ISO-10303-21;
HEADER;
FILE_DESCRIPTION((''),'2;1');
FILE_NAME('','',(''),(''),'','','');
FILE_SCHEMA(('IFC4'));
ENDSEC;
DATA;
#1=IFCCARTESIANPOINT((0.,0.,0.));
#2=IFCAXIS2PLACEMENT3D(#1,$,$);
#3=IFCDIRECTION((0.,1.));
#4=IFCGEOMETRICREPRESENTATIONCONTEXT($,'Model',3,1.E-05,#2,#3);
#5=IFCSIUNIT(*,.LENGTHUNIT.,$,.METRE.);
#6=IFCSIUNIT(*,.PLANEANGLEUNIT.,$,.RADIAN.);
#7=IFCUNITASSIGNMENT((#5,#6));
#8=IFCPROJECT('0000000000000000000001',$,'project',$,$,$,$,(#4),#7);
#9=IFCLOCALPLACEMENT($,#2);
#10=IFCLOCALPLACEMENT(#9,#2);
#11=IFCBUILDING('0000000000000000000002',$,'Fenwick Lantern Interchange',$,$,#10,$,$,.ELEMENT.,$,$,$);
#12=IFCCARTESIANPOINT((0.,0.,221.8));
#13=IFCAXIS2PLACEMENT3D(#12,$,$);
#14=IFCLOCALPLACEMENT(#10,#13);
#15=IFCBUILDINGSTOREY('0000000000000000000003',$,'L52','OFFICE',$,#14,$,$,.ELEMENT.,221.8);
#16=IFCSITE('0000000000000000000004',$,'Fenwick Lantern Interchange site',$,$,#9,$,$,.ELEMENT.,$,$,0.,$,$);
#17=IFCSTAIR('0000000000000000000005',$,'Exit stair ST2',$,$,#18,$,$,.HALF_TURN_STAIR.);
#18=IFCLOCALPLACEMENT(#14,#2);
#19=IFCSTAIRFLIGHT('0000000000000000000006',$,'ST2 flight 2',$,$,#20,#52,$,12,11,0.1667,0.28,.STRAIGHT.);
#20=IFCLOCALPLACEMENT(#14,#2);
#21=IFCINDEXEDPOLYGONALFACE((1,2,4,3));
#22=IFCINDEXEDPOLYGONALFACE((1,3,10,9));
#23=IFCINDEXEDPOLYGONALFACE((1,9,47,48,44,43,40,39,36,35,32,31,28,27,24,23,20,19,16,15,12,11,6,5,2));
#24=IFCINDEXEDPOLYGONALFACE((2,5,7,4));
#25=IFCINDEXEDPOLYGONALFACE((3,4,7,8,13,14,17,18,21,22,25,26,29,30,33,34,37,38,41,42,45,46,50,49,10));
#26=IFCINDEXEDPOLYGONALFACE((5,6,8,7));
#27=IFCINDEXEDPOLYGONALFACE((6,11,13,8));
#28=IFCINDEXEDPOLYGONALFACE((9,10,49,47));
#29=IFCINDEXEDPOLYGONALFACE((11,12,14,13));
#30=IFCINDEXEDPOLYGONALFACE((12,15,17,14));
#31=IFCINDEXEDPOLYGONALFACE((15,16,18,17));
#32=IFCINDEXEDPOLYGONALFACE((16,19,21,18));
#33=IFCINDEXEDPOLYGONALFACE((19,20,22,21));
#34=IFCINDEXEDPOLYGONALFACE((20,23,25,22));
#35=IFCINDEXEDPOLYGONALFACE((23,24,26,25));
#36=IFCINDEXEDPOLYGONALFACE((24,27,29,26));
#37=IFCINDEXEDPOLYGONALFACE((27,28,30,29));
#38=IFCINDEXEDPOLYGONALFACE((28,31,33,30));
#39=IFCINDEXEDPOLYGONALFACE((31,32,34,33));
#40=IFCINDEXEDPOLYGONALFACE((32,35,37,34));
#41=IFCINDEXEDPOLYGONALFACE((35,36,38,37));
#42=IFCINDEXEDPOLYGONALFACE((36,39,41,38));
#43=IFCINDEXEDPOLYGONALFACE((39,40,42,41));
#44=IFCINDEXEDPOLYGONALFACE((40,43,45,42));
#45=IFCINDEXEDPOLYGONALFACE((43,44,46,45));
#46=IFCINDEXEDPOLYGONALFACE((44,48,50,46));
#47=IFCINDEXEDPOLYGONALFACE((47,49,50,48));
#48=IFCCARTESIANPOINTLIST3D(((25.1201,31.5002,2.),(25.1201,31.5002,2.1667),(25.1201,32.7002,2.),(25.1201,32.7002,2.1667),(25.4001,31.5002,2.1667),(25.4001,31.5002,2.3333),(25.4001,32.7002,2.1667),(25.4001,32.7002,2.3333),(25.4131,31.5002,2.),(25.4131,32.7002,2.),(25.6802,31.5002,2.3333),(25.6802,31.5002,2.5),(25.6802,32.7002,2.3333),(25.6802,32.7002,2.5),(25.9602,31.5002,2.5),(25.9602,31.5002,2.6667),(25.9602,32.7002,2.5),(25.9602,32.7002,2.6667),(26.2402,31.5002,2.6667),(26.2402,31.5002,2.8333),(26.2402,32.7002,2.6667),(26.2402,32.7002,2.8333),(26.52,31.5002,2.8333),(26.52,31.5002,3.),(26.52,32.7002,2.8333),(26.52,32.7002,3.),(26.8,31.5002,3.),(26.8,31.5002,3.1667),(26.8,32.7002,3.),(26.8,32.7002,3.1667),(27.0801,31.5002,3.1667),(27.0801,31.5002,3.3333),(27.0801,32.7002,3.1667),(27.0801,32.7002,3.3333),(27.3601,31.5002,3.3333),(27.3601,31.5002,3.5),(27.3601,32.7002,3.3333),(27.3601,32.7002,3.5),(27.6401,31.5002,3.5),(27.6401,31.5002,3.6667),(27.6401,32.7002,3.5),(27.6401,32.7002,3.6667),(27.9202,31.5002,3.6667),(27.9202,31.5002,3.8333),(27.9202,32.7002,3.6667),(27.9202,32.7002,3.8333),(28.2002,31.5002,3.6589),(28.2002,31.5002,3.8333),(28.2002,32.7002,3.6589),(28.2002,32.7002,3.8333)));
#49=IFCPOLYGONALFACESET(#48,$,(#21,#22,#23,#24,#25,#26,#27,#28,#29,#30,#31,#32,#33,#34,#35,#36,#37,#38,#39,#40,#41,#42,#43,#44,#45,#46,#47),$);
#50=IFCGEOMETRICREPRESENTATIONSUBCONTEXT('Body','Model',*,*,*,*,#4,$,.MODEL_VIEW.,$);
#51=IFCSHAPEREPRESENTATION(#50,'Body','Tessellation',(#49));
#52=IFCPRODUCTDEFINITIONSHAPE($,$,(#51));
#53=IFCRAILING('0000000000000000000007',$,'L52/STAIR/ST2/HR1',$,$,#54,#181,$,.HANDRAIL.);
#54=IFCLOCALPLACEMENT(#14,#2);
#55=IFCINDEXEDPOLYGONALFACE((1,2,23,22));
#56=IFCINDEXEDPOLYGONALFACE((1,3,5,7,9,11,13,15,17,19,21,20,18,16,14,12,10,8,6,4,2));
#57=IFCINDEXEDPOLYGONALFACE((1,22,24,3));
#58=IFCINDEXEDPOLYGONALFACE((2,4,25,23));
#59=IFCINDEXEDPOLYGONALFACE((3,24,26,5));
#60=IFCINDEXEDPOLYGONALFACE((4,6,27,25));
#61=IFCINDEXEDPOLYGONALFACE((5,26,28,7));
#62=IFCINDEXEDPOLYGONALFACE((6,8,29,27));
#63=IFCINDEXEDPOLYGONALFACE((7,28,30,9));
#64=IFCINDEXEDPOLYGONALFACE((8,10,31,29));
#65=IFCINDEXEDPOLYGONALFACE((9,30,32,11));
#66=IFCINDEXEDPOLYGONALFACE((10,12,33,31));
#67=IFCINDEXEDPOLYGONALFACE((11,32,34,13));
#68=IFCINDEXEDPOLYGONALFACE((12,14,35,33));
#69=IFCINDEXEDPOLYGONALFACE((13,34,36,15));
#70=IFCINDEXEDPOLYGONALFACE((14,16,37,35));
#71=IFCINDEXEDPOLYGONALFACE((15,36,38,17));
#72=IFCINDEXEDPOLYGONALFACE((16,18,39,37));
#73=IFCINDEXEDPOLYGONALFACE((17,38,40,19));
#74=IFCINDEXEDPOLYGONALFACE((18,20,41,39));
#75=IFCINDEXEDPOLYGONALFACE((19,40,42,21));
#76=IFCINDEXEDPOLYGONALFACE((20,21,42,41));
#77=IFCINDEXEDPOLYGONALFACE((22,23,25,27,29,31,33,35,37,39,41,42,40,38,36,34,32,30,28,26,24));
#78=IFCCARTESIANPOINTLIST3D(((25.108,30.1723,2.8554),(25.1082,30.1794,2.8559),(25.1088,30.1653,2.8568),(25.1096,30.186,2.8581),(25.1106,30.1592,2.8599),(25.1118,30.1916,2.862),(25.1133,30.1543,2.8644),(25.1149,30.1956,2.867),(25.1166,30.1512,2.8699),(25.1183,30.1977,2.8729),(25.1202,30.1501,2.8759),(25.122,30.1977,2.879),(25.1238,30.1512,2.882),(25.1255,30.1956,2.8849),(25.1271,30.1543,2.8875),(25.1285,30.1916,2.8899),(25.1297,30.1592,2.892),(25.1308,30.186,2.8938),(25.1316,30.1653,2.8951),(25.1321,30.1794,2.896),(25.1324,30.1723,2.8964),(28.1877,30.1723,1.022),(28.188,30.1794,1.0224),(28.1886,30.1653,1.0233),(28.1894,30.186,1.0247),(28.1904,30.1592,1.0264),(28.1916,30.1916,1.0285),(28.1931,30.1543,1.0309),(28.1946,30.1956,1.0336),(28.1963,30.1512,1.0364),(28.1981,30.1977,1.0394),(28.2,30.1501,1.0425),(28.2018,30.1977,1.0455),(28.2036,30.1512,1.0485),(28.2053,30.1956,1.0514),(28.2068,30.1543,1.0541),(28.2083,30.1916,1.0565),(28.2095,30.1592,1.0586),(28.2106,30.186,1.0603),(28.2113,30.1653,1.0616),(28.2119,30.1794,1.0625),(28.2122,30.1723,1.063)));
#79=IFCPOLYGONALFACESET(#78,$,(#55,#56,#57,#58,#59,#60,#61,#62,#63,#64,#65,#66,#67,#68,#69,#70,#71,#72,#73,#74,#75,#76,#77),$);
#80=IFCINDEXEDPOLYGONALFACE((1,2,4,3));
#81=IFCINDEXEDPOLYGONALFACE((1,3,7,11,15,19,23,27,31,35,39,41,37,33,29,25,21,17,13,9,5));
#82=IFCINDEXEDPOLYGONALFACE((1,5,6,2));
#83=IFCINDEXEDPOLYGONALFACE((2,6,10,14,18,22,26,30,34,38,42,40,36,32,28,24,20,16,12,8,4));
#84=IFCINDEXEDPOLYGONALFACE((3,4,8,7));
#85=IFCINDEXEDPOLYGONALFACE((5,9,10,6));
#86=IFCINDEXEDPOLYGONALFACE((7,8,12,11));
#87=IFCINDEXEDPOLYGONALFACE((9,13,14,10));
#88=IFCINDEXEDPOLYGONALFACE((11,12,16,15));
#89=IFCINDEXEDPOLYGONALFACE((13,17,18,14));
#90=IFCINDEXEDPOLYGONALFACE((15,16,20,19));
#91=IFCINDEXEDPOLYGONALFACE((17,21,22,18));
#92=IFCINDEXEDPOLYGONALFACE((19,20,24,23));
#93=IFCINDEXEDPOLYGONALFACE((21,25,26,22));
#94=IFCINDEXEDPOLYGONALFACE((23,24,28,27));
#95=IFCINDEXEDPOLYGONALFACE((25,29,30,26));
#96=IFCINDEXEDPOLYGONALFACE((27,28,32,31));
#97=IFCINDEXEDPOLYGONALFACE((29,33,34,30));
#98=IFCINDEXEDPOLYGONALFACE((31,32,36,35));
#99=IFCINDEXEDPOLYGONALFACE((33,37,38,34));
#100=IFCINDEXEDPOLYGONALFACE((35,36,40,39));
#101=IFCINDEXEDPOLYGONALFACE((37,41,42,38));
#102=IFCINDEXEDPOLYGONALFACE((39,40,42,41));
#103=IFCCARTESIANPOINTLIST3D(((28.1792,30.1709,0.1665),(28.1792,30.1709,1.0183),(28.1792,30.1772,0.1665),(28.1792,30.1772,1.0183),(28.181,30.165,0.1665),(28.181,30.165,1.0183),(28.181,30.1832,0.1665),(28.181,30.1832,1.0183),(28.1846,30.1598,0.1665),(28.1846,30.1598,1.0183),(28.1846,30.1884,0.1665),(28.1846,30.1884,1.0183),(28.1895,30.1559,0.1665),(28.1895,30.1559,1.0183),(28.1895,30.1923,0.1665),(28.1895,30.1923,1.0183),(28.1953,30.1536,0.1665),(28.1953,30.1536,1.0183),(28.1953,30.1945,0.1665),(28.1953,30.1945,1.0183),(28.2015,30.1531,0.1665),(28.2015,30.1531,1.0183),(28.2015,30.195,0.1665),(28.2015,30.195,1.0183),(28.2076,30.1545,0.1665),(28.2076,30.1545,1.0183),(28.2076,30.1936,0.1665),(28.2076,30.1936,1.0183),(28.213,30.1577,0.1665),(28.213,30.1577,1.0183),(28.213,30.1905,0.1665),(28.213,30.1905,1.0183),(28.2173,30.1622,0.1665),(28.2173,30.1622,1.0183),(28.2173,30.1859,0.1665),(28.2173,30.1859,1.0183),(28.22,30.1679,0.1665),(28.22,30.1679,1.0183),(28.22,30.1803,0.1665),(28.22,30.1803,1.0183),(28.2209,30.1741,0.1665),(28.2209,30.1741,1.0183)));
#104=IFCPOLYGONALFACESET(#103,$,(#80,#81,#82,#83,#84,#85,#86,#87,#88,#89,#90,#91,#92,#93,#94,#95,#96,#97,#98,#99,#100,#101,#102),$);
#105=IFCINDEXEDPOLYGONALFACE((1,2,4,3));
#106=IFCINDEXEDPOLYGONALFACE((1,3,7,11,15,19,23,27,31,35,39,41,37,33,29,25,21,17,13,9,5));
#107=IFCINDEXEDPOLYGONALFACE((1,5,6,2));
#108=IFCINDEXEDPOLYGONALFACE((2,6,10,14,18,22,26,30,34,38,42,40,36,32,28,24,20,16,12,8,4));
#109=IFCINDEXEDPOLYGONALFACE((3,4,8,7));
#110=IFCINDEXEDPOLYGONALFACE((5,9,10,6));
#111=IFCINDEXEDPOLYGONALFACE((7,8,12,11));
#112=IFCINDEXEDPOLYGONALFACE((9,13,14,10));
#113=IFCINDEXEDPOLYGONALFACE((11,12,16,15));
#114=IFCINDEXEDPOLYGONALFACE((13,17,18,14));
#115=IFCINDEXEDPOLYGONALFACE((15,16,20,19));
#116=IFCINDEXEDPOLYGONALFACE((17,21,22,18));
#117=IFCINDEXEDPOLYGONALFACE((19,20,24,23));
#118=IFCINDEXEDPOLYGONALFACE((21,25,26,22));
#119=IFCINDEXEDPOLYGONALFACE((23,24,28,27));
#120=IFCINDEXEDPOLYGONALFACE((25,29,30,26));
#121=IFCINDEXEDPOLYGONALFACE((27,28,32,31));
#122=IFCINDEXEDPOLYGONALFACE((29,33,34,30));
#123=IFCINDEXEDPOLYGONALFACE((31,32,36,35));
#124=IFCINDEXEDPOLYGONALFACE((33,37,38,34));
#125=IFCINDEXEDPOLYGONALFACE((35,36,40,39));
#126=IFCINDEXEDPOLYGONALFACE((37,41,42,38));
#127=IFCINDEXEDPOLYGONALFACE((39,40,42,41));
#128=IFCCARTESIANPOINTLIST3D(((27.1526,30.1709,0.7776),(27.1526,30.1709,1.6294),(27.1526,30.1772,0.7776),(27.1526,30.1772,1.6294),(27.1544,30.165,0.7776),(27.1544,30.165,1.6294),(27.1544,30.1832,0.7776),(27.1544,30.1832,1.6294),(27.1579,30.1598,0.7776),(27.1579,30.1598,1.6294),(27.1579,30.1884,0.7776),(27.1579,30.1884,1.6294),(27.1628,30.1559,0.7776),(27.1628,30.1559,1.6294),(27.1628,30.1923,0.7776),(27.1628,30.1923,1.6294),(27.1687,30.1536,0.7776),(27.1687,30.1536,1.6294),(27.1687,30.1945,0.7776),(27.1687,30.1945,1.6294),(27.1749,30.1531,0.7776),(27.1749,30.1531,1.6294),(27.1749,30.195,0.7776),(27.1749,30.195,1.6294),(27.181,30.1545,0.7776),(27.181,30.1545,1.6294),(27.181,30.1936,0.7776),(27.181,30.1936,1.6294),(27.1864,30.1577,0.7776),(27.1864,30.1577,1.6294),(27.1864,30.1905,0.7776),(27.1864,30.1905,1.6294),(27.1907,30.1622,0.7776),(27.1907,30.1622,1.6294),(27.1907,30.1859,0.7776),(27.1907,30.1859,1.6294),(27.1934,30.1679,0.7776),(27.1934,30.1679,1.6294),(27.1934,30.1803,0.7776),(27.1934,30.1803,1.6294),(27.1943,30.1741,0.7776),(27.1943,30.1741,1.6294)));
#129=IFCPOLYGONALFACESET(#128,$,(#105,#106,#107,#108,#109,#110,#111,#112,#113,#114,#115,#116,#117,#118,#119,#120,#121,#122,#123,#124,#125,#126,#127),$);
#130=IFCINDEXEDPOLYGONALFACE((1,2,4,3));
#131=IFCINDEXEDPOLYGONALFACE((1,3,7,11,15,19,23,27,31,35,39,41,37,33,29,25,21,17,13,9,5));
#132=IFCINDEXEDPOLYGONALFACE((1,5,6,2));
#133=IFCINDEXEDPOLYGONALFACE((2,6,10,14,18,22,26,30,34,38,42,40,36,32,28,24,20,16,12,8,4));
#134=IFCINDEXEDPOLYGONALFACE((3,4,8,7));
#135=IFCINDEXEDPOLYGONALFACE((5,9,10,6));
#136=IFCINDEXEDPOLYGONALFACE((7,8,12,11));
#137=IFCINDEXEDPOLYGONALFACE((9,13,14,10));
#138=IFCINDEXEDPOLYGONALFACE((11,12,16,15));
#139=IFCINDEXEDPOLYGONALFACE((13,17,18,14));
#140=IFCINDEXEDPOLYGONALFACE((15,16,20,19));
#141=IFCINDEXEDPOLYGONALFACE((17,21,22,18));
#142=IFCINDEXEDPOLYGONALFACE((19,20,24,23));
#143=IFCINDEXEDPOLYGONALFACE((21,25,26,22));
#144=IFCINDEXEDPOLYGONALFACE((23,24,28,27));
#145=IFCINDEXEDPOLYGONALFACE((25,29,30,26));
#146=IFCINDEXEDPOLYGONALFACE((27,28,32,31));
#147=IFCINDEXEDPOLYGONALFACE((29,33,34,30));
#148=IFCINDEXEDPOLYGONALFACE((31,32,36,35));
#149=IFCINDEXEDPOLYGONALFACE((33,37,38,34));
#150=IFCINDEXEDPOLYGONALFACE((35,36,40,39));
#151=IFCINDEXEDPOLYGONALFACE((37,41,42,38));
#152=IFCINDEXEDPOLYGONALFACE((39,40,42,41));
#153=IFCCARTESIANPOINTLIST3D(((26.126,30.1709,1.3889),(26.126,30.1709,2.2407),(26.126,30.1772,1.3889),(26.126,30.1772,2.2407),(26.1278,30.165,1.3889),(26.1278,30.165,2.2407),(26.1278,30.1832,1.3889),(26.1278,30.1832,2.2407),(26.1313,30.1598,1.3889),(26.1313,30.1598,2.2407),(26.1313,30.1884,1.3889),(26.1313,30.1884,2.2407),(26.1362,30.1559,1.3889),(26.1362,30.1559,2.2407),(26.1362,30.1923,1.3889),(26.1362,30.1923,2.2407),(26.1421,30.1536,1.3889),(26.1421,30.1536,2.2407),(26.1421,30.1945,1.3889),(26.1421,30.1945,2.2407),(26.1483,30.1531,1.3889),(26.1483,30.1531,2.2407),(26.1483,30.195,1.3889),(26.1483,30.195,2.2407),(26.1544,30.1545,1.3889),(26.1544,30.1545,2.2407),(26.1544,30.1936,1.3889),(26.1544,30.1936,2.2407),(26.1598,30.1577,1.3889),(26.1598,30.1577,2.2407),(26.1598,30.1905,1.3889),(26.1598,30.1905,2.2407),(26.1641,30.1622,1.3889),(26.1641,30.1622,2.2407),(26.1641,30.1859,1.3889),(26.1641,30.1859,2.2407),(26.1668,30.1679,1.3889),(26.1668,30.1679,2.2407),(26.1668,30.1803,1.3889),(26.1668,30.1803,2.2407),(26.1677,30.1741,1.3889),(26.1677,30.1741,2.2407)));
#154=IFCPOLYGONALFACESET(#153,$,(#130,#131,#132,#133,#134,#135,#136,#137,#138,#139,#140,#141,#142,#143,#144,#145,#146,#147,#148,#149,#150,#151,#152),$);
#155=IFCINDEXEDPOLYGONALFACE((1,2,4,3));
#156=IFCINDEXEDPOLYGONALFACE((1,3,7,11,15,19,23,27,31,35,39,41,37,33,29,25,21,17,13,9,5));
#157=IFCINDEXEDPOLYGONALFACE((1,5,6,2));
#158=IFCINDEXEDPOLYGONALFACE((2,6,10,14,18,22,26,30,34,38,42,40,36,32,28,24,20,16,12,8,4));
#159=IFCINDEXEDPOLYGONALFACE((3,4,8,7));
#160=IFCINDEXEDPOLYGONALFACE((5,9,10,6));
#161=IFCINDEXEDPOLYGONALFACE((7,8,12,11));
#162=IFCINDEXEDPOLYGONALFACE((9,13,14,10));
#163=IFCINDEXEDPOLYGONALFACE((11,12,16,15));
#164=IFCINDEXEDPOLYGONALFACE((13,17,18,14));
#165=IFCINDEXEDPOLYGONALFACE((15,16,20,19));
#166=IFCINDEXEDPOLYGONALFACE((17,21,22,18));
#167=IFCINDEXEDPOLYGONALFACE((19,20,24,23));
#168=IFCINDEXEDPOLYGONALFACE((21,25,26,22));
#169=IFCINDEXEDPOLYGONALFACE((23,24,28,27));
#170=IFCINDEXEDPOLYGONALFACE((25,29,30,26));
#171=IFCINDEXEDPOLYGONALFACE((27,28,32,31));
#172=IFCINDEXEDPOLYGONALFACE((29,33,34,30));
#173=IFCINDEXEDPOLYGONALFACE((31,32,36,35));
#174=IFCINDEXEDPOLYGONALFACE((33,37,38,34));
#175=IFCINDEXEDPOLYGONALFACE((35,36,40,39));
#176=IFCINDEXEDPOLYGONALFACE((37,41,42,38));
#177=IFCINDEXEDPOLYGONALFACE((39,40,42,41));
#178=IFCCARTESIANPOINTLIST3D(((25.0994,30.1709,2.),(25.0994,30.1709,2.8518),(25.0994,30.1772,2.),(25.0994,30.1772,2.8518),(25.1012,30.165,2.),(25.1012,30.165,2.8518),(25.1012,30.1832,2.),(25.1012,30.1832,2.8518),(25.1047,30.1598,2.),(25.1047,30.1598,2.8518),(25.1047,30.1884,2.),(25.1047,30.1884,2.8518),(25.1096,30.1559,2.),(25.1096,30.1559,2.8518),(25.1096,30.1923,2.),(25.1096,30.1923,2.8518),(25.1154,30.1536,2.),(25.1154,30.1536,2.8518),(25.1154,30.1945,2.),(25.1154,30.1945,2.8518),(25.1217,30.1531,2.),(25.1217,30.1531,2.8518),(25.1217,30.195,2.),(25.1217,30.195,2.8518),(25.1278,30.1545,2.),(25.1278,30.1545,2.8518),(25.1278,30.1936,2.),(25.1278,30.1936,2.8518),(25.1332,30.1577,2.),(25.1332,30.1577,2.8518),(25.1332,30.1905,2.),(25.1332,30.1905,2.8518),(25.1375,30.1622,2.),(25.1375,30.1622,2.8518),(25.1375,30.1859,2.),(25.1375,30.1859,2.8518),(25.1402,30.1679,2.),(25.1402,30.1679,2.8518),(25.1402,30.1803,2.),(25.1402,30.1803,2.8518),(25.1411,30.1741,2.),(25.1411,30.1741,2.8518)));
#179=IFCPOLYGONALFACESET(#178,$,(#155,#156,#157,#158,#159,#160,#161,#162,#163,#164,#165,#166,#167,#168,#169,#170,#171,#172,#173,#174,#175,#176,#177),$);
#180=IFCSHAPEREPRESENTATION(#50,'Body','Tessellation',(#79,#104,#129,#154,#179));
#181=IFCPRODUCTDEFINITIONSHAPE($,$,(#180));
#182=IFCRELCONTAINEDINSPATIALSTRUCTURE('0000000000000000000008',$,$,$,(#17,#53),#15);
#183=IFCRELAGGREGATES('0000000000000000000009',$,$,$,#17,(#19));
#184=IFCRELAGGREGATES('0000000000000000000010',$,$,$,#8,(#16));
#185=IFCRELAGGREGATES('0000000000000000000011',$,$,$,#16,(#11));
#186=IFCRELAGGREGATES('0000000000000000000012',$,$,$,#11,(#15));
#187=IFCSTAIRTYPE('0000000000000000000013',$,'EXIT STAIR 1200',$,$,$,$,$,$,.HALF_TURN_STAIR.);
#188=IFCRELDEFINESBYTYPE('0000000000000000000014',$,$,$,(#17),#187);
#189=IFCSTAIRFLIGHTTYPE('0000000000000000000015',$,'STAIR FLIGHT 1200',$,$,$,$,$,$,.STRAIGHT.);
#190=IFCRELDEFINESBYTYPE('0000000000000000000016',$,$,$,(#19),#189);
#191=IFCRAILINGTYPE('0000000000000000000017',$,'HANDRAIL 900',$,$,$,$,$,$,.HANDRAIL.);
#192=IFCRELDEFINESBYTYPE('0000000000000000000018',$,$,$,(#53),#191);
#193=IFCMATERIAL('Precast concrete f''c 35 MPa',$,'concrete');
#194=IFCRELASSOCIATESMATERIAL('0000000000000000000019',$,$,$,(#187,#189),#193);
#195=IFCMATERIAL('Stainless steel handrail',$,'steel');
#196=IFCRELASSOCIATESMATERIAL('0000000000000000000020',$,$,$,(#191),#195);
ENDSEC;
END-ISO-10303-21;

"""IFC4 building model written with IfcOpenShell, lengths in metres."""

from ifc_helpers import new_model, si_unit, direction, frame, origin, origin_2d, place, context, subcontext, project, spatial, polyline, circle, outline, extrude, material, type_object, element, aggregate, save


model = new_model("IFC4")

# Units and contexts
model_context = context("Model", 3, precision=1e-05, world=origin(), true_north=direction((0.0, 1.0)))
body_context = subcontext(model_context, "Body", "Model", "MODEL_VIEW")
ifc_project = project(units=[si_unit("LENGTHUNIT", "METRE"), si_unit("PLANEANGLEUNIT", "RADIAN")], contexts=[model_context])

# Site, building, storey
site_placement = place(None, origin())
site = spatial("IfcSite", under=ifc_project, at=site_placement, Name="Fenwick Lantern Interchange site", CompositionType="ELEMENT", RefElevation=0.0)
building_placement = place(site_placement, origin())
building = spatial("IfcBuilding", under=site, at=building_placement, Name="Fenwick Lantern Interchange", CompositionType="ELEMENT")
storey_placement = place(building_placement, frame((0.0, 0.0, 221.8)))
storey = spatial("IfcBuildingStorey", under=building, at=storey_placement, Name="L52", Description="OFFICE", CompositionType="ELEMENT", Elevation=221.8)

# Stair, stair flight
ifc_material_1 = material(Name="Precast concrete f'c 35 MPa", Category="concrete")
stair_type = type_object("IfcStairType", Name="EXIT STAIR 1200", PredefinedType="HALF_TURN_STAIR", material=ifc_material_1)
stair_placement = place(storey_placement, origin())
stair = element("IfcStair", 1, at=stair_placement, inside=storey, type_object=stair_type, Name="Exit stair ST2", PredefinedType="HALF_TURN_STAIR")
stair_flight_type = type_object("IfcStairFlightType", Name="STAIR FLIGHT 1200", PredefinedType="STRAIGHT", material=ifc_material_1)
stair_flight_1_placement = place(storey_placement, frame((25.1201, 32.1001, 2.0), z_axis=(0.0, 0.0, 1.0), x_axis=(1.0, 0.0, 0.0)))
stair_flight_1 = element("IfcStairFlight", 2, at=stair_flight_1_placement, type_object=stair_flight_type, Name="ST2 flight 2", NumberOfRisers=12, NumberOfTreads=11, PredefinedType="STRAIGHT", RiserHeight=0.1667, TreadLength=0.28, context=body_context, shape_type="SweptSolid", body=[
    extrude(outline(polyline([(0.0, 0.0), (0.0, 0.1667), (0.28, 0.1667), (0.28, 0.3333), (0.5601, 0.3333), (0.5601, 0.5), (0.8401, 0.5), (0.8401, 0.6667), (1.1201, 0.6667), (1.1201, 0.8333), (1.3999, 0.8333), (1.3999, 1.0), (1.6799, 1.0), (1.6799, 1.1667), (1.96, 1.1667), (1.96, 1.3333), (2.24, 1.3333), (2.24, 1.5), (2.52, 1.5), (2.52, 1.6667), (2.8, 1.6667), (2.8, 1.8333), (3.0801, 1.8333), (3.0801, 2.0), (3.0801, 1.6589), (0.293, 0.0), (0.0, 0.0)])), frame((0.0, 0.6001, 0.0), z_axis=(0.0, -1.0, 0.0), x_axis=(1.0, 0.0, 0.0)), (0.0, 0.0, 1.0), 1.2),
])
aggregate(stair, [stair_flight_1])

# Railing
ifc_material_2 = material(Name="Stainless steel handrail", Category="steel")
railing_type = type_object("IfcRailingType", Name="HANDRAIL 900", PredefinedType="HANDRAIL", material=ifc_material_2)
railing_1_placement = place(storey_placement, frame((28.2, 30.1741, 0.1665)))
element("IfcRailing", 3, at=railing_1_placement, inside=storey, type_object=railing_type, Name="L52/STAIR/ST2/HR1", PredefinedType="HANDRAIL", context=body_context, shape_type="SweptSolid", body=[
    extrude(circle(Radius=0.0239, at=origin_2d()), frame((0.0, 0.0, 0.876), z_axis=(-0.859261, 0.0, 0.511538), x_axis=(0.0, -1.0, 0.0)), (0.0, 0.0, 1.0), 3.5842),
    extrude(circle(Radius=0.021, at=origin_2d()), origin(), (0.0, 0.0, 1.0), 0.8518),
    extrude(circle(Radius=0.021, at=origin_2d()), frame((-1.0266, 0.0, 0.6111)), (0.0, 0.0, 1.0), 0.8518),
    extrude(circle(Radius=0.021, at=origin_2d()), frame((-2.0532, 0.0, 1.2224)), (0.0, 0.0, 1.0), 0.8518),
    extrude(circle(Radius=0.021, at=origin_2d()), frame((-3.0798, 0.0, 1.8335)), (0.0, 0.0, 1.0), 0.8518),
])

save(model, "model.ifc")
